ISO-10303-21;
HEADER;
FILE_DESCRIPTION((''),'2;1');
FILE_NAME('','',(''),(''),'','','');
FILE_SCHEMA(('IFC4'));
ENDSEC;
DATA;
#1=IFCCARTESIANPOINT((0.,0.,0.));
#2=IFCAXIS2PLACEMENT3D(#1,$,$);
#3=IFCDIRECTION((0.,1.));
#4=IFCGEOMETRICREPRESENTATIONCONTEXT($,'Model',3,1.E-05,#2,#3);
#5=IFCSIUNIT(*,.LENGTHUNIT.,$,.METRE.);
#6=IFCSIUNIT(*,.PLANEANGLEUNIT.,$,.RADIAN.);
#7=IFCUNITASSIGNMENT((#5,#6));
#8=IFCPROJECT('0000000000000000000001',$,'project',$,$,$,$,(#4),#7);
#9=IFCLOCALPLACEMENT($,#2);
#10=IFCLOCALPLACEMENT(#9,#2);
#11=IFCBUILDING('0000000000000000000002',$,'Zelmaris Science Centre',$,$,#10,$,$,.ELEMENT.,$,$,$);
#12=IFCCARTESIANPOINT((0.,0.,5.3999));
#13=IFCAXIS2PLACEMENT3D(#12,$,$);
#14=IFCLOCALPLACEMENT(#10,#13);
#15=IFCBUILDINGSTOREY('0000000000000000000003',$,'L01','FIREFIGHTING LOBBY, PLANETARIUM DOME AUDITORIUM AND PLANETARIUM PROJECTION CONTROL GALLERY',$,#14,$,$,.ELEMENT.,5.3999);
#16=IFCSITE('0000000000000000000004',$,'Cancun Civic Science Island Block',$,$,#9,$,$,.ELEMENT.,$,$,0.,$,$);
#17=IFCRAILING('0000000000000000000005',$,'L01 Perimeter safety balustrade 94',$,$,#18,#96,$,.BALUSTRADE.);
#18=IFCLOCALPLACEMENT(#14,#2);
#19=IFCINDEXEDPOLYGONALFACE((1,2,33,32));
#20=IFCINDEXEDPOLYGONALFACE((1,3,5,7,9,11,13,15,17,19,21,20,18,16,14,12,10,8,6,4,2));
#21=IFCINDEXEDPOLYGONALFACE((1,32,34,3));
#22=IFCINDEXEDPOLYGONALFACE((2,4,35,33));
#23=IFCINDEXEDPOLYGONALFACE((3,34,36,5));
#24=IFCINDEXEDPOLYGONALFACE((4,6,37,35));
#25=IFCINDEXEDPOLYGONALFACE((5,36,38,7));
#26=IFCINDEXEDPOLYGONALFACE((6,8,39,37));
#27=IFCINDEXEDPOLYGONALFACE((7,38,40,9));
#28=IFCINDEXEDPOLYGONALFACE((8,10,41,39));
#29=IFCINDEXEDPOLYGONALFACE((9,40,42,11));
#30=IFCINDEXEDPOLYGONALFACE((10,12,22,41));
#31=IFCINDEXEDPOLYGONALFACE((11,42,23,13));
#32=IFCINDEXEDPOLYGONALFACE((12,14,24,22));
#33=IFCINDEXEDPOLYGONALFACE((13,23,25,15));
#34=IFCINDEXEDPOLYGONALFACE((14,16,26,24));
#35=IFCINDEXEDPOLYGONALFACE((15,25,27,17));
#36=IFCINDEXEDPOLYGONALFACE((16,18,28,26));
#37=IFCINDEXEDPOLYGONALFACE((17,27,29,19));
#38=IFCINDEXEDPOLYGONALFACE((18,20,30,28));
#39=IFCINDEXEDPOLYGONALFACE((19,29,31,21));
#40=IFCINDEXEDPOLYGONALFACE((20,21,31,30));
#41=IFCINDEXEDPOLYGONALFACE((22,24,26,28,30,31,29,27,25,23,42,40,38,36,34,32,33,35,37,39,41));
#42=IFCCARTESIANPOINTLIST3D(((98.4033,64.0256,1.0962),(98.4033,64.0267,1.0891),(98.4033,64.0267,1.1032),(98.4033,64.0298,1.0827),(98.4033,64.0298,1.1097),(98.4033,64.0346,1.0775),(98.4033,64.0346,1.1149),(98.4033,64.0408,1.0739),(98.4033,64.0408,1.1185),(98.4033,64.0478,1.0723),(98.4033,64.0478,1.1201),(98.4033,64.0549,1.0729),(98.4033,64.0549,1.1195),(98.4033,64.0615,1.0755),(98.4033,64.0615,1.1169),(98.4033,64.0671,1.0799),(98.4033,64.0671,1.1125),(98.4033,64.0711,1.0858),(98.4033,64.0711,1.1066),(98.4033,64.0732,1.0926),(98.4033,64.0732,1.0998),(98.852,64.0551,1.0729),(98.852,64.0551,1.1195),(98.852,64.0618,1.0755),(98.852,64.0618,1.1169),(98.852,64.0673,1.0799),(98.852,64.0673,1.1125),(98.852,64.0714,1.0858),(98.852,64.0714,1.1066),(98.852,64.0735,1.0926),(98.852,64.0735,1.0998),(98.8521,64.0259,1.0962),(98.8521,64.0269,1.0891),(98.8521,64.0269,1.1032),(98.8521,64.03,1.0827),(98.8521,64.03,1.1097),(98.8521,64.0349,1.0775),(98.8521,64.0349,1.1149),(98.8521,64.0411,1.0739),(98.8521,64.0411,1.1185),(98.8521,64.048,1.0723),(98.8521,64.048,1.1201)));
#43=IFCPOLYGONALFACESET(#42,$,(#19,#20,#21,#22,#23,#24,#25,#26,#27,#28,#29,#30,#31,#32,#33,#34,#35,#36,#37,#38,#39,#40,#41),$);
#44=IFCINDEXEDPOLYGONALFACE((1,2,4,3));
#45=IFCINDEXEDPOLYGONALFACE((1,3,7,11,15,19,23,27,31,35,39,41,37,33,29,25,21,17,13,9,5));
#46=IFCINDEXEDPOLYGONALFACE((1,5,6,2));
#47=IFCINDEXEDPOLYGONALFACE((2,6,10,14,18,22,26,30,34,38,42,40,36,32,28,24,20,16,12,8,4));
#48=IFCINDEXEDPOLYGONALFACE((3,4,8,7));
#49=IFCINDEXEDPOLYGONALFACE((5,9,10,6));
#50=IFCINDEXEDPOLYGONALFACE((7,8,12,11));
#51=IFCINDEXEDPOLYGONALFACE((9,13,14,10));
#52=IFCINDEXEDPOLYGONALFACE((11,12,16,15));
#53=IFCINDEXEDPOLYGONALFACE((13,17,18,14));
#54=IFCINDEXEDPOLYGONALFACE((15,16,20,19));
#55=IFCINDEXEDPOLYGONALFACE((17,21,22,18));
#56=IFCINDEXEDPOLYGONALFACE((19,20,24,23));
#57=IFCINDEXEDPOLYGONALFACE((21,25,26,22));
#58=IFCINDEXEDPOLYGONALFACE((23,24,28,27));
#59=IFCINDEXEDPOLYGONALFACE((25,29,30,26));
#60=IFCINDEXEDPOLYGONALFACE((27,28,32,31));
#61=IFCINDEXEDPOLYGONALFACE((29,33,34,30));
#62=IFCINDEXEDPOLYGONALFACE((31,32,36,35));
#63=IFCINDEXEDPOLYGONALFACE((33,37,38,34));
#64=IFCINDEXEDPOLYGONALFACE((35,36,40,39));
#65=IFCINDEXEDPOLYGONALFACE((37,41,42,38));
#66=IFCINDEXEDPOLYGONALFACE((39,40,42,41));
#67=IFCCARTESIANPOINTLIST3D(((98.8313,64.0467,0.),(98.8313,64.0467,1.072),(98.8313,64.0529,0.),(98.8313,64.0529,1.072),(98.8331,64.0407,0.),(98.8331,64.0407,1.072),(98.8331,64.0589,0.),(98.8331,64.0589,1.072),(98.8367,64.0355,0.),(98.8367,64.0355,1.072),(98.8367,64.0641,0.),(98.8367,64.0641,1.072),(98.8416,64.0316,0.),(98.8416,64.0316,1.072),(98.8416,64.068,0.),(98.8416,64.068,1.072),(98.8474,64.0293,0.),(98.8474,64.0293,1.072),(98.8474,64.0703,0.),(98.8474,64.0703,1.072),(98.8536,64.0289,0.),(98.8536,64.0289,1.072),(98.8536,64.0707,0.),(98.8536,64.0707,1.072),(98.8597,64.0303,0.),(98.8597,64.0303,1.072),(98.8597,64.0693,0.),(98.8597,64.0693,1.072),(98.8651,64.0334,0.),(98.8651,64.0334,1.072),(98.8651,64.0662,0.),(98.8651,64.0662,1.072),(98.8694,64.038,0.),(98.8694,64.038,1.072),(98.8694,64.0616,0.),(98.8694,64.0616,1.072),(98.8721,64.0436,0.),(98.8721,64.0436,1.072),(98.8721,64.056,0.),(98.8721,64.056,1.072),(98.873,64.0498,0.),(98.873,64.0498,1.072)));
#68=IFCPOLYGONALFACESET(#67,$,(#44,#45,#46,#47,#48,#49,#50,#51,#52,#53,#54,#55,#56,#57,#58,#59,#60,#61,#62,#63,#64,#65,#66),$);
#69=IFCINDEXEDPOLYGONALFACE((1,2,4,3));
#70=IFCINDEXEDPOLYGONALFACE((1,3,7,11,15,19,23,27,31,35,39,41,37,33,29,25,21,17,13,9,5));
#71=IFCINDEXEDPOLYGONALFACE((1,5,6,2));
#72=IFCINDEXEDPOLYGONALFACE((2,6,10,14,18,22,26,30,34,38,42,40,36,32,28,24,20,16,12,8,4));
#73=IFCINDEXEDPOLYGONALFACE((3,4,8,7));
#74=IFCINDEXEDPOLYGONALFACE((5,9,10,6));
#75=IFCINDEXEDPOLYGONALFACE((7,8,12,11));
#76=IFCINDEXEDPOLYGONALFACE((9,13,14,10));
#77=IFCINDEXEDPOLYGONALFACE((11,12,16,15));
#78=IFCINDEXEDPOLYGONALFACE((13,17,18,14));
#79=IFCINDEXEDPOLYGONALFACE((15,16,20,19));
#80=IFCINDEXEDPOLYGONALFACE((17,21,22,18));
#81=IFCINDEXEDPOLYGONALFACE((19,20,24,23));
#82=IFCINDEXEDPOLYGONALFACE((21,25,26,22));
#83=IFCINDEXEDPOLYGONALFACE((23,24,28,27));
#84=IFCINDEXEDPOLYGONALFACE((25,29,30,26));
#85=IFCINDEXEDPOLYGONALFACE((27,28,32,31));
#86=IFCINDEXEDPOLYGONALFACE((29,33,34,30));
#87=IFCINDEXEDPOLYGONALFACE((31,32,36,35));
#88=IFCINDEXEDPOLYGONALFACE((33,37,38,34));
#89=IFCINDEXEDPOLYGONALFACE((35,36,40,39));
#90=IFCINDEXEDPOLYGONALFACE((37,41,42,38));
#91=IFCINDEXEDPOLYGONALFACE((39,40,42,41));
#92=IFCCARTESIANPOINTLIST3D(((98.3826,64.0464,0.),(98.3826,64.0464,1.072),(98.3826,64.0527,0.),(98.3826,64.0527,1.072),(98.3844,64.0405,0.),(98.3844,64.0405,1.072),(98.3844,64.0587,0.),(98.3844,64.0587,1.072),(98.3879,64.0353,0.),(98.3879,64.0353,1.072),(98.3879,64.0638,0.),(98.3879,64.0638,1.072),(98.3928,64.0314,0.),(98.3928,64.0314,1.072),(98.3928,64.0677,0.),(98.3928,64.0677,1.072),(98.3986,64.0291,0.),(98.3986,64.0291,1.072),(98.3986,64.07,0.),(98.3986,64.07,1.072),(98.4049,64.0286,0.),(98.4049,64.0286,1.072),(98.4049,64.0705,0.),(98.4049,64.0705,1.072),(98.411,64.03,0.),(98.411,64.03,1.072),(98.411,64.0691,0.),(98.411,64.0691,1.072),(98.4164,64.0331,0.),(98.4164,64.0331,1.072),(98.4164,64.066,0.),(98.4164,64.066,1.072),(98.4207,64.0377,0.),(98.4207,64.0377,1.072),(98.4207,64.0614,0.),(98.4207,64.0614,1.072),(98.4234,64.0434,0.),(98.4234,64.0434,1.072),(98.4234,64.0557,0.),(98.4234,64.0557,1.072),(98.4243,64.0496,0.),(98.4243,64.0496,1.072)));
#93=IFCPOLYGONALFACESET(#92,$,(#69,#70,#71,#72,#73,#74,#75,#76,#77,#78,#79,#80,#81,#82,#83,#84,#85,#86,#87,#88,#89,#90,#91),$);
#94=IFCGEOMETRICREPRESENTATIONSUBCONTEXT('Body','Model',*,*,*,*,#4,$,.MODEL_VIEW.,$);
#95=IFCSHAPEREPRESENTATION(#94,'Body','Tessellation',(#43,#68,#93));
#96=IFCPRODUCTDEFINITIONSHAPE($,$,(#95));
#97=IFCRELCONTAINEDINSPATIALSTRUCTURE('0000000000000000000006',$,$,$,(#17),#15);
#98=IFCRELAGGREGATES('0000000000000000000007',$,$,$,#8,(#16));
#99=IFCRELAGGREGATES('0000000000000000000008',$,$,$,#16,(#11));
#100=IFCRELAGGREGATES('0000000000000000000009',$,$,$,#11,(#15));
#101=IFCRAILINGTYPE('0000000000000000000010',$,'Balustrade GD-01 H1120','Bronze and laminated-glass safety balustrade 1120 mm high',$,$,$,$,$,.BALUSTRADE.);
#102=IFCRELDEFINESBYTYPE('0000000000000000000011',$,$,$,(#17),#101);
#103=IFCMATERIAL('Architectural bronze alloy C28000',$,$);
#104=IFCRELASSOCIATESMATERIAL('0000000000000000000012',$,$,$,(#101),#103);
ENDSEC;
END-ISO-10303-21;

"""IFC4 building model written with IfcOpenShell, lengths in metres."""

from ifc_helpers import new_model, si_unit, direction, frame, origin, origin_2d, place, context, subcontext, project, spatial, circle, extrude, material, type_object, element, save


model = new_model("IFC4")

# Units and contexts
model_context = context("Model", 3, precision=1e-05, world=origin(), true_north=direction((0.0, 1.0)))
body_context = subcontext(model_context, "Body", "Model", "MODEL_VIEW")
ifc_project = project(units=[si_unit("LENGTHUNIT", "METRE"), si_unit("PLANEANGLEUNIT", "RADIAN")], contexts=[model_context])

# Site, building, storey
site_placement = place(None, origin())
site = spatial("IfcSite", under=ifc_project, at=site_placement, Name="Cancun Civic Science Island Block", CompositionType="ELEMENT", RefElevation=0.0)
building_placement = place(site_placement, origin())
building = spatial("IfcBuilding", under=site, at=building_placement, Name="Zelmaris Science Centre", CompositionType="ELEMENT")
storey_placement = place(building_placement, frame((0.0, 0.0, 5.3999)))
storey = spatial("IfcBuildingStorey", under=building, at=storey_placement, Name="L01", Description="FIREFIGHTING LOBBY, PLANETARIUM DOME AUDITORIUM AND PLANETARIUM PROJECTION CONTROL GALLERY", CompositionType="ELEMENT", Elevation=5.3999)

# Railing
ifc_material_1 = material(Name="Architectural bronze alloy C28000")
railing_type = type_object("IfcRailingType", Name="Balustrade GD-01 H1120", Description="Bronze and laminated-glass safety balustrade 1120 mm high", PredefinedType="BALUSTRADE", material=ifc_material_1)
railing_placement = place(storey_placement, frame((98.8521, 64.0498, 0.0)))
element("IfcRailing", 1, at=railing_placement, inside=storey, type_object=railing_type, Name="L01 Perimeter safety balustrade 94", PredefinedType="BALUSTRADE", context=body_context, shape_type="SweptSolid", body=[
    extrude(circle(Radius=0.0239, at=origin_2d()), frame((0.0, 0.0, 1.0962), z_axis=(-1.0, -0.000544, 0.0), x_axis=(0.000544, -1.0, 0.0)), (0.0, 0.0, 1.0), 0.4487),
    extrude(circle(Radius=0.021, at=origin_2d()), origin(), (0.0, 0.0, 1.0), 1.072),
    extrude(circle(Radius=0.021, at=origin_2d()), frame((-0.4487, -0.0002, 0.0)), (0.0, 0.0, 1.0), 1.072),
])

save(model, "model.ifc")
